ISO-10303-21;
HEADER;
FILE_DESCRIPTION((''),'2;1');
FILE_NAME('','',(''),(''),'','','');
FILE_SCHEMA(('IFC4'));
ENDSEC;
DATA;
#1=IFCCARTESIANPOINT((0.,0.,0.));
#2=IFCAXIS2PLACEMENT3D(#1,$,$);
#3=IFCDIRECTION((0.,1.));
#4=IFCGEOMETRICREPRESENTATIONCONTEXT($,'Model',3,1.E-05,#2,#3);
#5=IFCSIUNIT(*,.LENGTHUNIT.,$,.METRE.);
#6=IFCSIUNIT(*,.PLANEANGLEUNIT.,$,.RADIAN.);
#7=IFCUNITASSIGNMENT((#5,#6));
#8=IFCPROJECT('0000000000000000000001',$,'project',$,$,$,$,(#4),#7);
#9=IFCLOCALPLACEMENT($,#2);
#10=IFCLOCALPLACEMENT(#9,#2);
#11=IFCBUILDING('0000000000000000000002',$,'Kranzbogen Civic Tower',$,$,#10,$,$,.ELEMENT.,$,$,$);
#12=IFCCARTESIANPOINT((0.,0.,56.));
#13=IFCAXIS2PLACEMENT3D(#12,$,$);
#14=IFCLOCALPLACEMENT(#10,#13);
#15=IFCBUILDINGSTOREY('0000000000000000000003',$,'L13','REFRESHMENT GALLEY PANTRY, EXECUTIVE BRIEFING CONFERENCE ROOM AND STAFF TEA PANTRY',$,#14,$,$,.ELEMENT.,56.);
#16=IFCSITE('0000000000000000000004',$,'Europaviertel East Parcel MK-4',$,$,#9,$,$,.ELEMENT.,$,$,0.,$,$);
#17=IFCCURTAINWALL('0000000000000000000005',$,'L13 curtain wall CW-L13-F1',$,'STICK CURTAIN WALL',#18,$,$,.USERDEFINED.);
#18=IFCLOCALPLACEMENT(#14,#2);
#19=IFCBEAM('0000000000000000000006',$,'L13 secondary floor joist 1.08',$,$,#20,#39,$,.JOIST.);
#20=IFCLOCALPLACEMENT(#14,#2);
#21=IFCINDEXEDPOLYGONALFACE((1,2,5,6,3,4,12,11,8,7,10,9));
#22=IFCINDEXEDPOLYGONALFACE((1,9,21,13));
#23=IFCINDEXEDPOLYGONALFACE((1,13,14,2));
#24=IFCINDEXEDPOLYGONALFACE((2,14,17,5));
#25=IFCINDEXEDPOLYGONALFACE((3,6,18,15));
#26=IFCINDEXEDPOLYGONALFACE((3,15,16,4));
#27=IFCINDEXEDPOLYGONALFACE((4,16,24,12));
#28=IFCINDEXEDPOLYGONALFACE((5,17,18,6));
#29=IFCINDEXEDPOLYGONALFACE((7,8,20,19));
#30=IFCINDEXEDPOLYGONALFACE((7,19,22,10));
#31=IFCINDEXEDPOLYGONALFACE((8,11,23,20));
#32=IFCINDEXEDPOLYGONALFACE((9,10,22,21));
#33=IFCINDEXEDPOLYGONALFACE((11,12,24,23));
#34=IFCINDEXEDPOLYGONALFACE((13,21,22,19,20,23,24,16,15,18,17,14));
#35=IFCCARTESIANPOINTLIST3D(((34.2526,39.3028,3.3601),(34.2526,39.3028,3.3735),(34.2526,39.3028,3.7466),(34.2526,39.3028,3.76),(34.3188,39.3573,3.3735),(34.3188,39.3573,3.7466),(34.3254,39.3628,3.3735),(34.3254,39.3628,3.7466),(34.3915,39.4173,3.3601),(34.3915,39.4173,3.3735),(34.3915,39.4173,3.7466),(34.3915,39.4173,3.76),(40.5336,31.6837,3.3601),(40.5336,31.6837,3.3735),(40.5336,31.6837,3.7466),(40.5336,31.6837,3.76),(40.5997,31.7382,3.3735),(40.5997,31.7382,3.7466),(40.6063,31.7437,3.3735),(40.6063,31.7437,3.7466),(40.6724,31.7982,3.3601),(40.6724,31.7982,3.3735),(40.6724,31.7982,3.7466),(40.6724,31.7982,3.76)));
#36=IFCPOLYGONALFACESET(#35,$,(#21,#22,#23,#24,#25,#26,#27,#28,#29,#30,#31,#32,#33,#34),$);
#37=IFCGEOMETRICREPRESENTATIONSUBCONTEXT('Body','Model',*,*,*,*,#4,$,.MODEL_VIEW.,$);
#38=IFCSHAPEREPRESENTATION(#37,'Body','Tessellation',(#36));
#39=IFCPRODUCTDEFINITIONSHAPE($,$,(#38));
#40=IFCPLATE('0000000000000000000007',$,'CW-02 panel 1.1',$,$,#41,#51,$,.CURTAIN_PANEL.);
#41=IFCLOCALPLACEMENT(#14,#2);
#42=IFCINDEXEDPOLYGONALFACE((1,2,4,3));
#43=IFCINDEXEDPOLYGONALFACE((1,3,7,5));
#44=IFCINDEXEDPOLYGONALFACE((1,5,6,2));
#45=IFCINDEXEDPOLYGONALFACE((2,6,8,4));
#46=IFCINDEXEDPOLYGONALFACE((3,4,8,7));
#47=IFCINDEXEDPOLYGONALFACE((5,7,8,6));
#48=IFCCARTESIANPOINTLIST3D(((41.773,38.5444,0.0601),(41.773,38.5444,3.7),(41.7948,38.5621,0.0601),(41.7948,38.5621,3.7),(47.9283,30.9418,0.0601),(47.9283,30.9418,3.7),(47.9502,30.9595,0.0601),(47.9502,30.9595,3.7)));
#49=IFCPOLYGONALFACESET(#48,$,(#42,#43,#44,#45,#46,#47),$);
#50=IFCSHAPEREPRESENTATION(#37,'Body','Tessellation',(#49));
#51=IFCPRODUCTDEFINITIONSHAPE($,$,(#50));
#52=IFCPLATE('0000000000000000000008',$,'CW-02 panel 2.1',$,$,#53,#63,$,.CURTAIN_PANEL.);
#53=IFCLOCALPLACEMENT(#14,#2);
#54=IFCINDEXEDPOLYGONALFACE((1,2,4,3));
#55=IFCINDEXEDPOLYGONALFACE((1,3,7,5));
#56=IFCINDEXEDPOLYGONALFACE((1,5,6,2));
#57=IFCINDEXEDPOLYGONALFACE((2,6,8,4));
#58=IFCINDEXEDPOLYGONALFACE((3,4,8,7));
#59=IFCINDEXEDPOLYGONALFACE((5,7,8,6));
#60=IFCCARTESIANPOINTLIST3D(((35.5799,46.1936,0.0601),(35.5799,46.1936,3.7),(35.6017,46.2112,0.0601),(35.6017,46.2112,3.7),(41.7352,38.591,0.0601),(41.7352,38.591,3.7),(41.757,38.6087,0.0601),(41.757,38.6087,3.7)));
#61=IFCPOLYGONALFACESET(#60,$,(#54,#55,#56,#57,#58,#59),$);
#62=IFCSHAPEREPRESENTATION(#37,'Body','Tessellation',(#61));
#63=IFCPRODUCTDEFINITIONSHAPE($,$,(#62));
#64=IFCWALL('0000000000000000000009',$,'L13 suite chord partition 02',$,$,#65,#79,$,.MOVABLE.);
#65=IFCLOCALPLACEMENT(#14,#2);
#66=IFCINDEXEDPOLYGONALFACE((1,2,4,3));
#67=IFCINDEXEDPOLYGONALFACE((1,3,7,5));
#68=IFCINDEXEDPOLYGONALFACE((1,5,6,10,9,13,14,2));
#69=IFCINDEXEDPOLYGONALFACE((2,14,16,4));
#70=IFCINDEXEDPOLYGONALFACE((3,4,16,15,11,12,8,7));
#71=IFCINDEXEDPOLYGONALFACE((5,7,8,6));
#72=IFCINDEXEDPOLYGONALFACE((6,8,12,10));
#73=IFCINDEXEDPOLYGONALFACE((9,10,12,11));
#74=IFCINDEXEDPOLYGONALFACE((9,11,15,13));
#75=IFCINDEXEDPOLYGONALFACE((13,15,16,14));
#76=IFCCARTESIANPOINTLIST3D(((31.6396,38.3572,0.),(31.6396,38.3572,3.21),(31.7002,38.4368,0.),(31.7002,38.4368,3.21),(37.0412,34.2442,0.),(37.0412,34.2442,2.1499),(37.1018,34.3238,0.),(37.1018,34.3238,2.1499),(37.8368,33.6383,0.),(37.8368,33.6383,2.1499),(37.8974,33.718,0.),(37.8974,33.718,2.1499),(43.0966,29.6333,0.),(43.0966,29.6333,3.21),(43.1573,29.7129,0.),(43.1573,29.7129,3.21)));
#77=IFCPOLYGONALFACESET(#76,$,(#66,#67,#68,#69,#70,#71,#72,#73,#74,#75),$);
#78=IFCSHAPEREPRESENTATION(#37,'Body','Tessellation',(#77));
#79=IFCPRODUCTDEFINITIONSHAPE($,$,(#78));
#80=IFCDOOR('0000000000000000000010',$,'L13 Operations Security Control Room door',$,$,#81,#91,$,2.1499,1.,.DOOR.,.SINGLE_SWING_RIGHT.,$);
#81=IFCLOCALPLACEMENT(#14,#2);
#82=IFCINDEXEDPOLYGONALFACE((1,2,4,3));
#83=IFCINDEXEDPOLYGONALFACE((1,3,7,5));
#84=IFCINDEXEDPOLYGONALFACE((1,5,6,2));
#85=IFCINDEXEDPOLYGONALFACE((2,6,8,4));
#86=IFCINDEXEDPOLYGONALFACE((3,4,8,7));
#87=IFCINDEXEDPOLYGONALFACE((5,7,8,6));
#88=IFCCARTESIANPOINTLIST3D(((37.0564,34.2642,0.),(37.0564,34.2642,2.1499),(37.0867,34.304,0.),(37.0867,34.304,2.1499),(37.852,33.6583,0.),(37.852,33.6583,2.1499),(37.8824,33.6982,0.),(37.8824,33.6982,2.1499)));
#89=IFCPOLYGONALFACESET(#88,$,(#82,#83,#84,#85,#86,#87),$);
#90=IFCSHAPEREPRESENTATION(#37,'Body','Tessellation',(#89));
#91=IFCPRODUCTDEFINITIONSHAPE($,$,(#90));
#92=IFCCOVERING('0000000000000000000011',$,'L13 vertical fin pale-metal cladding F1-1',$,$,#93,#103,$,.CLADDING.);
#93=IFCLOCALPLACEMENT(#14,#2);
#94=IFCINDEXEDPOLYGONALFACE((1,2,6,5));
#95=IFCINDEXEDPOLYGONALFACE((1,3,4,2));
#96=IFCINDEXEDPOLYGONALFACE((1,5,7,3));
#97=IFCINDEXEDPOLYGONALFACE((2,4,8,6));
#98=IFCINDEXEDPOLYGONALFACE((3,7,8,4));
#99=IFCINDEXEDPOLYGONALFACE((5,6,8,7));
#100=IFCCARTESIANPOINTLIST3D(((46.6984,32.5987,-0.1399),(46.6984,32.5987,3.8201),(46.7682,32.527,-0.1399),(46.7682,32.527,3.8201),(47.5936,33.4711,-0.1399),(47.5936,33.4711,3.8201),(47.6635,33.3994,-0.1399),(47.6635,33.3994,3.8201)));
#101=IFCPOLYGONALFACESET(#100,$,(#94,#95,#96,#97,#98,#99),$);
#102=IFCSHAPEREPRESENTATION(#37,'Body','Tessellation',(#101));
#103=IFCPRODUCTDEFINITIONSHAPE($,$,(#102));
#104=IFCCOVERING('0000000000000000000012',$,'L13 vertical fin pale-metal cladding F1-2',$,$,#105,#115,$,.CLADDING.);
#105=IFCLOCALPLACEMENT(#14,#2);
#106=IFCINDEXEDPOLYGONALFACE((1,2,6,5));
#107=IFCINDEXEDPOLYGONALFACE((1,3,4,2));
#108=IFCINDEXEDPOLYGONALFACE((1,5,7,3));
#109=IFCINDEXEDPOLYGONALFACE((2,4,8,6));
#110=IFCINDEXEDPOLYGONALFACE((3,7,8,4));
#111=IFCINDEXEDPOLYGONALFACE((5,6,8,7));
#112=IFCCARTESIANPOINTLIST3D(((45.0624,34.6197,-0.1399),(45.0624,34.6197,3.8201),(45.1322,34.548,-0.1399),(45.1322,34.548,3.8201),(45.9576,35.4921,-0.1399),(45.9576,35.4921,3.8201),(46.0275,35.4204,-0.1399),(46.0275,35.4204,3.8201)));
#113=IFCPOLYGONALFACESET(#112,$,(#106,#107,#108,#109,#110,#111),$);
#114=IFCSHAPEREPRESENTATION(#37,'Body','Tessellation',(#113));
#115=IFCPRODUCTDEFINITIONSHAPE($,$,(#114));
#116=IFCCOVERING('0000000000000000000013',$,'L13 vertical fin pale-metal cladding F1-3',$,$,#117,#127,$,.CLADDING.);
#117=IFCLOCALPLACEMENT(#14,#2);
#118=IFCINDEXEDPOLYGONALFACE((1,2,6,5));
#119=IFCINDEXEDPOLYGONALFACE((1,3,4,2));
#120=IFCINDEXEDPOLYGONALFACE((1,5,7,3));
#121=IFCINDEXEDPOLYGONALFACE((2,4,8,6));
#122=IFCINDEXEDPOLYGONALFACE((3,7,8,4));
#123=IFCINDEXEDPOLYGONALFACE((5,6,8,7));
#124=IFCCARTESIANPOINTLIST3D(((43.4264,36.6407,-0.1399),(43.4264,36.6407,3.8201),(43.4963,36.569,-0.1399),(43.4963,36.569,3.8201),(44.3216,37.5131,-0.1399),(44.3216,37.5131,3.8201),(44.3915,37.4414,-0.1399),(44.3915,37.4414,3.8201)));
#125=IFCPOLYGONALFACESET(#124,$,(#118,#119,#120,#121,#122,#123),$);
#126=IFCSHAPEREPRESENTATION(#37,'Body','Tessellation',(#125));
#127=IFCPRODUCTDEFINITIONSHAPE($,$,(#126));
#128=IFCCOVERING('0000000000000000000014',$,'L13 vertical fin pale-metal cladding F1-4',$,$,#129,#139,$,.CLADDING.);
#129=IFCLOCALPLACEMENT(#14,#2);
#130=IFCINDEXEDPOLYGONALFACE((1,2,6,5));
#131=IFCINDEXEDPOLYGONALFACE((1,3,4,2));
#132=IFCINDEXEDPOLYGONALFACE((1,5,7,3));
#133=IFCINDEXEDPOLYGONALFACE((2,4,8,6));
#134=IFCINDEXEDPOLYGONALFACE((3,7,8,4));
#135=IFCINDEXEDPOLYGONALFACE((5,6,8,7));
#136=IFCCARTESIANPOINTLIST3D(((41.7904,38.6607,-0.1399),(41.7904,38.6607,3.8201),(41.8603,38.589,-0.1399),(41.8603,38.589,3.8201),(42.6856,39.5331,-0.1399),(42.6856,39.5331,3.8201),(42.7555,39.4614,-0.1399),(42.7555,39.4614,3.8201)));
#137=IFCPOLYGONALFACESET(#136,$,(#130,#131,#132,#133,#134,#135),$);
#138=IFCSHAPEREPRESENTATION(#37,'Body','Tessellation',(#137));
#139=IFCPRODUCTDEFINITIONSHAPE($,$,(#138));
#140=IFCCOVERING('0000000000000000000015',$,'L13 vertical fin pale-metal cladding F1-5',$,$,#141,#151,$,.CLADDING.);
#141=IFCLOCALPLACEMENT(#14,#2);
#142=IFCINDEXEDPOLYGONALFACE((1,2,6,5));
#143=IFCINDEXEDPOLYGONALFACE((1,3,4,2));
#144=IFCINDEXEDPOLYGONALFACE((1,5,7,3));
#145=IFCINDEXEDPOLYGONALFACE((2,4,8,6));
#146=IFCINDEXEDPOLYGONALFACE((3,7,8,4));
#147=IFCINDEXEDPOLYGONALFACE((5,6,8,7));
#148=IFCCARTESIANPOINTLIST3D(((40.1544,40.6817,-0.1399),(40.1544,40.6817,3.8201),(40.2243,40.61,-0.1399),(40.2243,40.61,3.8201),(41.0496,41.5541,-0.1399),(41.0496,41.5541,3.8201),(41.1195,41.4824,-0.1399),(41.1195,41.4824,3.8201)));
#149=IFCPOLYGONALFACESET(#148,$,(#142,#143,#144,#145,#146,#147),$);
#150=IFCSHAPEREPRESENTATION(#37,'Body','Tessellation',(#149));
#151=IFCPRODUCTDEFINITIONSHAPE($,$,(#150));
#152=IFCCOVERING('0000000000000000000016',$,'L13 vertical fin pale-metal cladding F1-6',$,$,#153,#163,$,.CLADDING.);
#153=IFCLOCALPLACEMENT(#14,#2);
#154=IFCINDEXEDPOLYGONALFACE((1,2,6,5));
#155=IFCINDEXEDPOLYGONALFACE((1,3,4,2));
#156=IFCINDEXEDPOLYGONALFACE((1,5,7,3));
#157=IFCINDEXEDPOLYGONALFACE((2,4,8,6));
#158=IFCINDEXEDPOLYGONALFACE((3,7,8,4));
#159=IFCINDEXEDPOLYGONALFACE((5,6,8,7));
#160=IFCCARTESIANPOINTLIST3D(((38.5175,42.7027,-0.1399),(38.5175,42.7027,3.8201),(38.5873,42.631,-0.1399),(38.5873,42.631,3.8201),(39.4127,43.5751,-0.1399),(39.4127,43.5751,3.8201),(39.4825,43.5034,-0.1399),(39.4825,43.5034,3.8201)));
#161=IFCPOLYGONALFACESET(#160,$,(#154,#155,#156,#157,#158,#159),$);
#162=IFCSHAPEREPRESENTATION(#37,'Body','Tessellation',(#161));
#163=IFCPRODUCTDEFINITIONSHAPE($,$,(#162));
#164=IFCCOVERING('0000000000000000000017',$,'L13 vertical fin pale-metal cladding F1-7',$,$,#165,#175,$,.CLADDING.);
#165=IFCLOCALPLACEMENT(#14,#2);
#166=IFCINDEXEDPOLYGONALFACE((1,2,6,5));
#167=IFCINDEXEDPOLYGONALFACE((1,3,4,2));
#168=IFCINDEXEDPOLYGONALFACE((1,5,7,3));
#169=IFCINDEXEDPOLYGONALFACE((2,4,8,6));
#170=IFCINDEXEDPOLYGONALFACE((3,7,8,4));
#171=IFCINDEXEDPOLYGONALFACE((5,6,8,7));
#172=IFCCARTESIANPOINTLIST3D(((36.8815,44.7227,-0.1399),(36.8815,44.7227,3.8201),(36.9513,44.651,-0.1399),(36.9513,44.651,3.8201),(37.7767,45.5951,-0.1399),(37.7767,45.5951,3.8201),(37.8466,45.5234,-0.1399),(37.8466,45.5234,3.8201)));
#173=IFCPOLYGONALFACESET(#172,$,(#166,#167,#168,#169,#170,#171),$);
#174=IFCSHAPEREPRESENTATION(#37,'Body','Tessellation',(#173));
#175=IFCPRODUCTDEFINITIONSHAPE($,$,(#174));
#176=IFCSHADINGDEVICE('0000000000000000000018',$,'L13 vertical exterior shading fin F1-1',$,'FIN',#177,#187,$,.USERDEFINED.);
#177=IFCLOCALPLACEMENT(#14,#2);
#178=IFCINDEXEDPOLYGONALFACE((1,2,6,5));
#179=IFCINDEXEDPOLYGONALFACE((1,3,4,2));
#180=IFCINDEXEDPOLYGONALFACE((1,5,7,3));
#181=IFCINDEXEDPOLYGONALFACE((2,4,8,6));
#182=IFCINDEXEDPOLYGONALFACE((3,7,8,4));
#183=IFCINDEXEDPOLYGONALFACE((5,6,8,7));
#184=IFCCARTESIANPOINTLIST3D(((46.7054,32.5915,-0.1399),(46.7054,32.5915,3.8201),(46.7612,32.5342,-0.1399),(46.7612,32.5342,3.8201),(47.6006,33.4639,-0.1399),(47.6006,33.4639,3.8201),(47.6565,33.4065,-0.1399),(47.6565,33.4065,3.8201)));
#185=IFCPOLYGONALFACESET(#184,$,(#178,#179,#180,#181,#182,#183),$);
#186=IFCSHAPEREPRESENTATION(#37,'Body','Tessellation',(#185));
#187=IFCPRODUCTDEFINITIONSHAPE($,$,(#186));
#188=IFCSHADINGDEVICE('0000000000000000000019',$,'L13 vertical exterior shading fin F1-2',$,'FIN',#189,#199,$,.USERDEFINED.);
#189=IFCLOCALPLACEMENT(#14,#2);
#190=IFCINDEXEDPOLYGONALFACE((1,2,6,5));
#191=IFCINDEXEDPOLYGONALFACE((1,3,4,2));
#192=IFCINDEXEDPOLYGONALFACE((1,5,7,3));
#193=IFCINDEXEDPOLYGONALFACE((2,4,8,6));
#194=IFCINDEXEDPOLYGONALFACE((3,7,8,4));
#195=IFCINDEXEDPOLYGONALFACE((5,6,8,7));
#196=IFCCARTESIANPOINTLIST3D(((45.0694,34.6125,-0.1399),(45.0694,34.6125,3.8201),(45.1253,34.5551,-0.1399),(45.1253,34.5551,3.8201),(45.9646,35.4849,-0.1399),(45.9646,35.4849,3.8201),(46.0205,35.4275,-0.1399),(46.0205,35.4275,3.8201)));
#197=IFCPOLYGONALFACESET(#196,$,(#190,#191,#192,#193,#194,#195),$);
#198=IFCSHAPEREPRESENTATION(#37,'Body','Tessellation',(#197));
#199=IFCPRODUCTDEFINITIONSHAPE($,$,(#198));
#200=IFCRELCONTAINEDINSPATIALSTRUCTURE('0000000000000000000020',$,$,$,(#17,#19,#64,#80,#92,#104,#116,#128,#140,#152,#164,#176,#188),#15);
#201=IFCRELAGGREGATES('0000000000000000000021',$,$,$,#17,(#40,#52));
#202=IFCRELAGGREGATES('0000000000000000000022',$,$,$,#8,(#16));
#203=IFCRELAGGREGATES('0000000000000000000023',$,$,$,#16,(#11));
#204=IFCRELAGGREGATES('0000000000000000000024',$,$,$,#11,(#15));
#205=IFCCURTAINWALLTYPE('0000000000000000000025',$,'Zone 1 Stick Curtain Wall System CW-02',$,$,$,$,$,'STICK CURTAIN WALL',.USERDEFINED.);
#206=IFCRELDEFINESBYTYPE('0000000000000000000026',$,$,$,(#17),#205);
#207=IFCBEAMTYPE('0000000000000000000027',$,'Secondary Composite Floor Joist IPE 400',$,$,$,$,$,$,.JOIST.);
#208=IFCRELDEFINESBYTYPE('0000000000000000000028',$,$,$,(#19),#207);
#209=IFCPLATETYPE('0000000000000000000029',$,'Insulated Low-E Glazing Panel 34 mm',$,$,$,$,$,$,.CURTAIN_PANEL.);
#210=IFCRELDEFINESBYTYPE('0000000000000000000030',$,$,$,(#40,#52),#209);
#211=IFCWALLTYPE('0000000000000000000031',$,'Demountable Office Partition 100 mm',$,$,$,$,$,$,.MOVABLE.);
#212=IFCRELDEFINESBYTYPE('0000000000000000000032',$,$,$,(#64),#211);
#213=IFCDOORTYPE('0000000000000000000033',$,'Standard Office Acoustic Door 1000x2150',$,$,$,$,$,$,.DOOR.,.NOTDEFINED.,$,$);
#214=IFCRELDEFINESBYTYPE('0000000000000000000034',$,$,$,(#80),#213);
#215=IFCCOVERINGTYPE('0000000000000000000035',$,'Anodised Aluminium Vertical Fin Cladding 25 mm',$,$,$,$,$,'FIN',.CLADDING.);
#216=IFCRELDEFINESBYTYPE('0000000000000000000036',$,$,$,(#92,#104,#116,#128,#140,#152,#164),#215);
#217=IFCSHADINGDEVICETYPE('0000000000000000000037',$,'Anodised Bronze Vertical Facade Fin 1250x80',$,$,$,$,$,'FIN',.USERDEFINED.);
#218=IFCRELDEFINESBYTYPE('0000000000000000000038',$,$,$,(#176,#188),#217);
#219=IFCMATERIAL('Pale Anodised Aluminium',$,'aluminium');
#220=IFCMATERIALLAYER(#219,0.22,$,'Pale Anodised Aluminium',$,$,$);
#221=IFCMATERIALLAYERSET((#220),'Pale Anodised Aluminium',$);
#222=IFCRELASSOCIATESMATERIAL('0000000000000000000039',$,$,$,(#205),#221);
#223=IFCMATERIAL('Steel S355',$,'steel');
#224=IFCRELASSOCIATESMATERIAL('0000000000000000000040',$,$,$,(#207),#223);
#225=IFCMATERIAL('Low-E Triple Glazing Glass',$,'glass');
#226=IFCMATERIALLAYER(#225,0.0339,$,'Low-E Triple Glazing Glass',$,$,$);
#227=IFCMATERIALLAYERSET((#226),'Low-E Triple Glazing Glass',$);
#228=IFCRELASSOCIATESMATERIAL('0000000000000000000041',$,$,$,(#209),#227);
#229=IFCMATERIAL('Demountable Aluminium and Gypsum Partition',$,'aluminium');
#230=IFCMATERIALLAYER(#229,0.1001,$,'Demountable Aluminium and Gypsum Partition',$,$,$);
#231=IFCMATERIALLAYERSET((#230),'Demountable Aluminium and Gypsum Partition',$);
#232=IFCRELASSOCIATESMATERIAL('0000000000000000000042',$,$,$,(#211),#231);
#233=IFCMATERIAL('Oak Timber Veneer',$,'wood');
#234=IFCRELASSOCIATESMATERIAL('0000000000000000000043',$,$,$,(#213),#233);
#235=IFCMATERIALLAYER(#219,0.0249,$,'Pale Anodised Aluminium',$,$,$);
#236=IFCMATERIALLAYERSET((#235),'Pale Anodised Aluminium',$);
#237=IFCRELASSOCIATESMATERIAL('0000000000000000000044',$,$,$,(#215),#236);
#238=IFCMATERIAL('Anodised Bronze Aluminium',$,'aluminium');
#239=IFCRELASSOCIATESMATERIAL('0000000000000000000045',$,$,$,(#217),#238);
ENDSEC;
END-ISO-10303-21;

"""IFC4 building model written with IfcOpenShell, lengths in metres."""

from ifc_helpers import new_model, si_unit, direction, frame, frame_2d, origin, origin_2d, place, context, subcontext, project, spatial, rectangle, i_section, extrude, material, layer, layer_set, material_profile, profile_set, type_object, element, fill, aggregate, save


model = new_model("IFC4")

# Units and contexts
model_context = context("Model", 3, precision=1e-05, world=origin(), true_north=direction((0.0, 1.0)))
body_context = subcontext(model_context, "Body", "Model", "MODEL_VIEW")
ifc_project = project(units=[si_unit("LENGTHUNIT", "METRE"), si_unit("PLANEANGLEUNIT", "RADIAN")], contexts=[model_context])

# Site, building, storey
site_placement = place(None, origin())
site = spatial("IfcSite", under=ifc_project, at=site_placement, Name="Europaviertel East Parcel MK-4", CompositionType="ELEMENT", RefElevation=0.0)
building_placement = place(site_placement, origin())
building = spatial("IfcBuilding", under=site, at=building_placement, Name="Kranzbogen Civic Tower", CompositionType="ELEMENT")
storey_placement = place(building_placement, frame((0.0, 0.0, 56.0)))
storey = spatial("IfcBuildingStorey", under=building, at=storey_placement, Name="L13", Description="REFRESHMENT GALLEY PANTRY, EXECUTIVE BRIEFING CONFERENCE ROOM AND STAFF TEA PANTRY", CompositionType="ELEMENT", Elevation=56.0)

# Curtain wall
ifc_material_1 = material(Name="Pale Anodised Aluminium", Category="aluminium")
ifc_layer_1 = layer(ifc_material_1, 0.22, Name="Pale Anodised Aluminium")
ifc_layer_set_1 = layer_set([ifc_layer_1], Name="Pale Anodised Aluminium")
curtain_wall_type = type_object("IfcCurtainWallType", Name="Zone 1 Stick Curtain Wall System CW-02", ElementType="STICK CURTAIN WALL", PredefinedType="USERDEFINED", material=ifc_layer_set_1)
curtain_wall_placement = place(storey_placement, origin())
curtain_wall = element("IfcCurtainWall", 1, at=curtain_wall_placement, inside=storey, type_object=curtain_wall_type, Name="L13 curtain wall CW-L13-F1", ObjectType="STICK CURTAIN WALL", PredefinedType="USERDEFINED")

# Beam
ifc_material_2 = material(Name="Steel S355", Category="steel")
ifc_material_profile_1 = material_profile(ifc_material_2, i_section(OverallWidth=0.1799, OverallDepth=0.3999, WebThickness=0.0085, FlangeThickness=0.0134, at=origin_2d()), Name="IPE 400")
ifc_profile_set_1 = profile_set([ifc_material_profile_1], Name="Steel S355")
beam_type_1 = type_object("IfcBeamType", Name="Secondary Composite Floor Joist IPE 400", PredefinedType="JOIST", material=ifc_profile_set_1)
beam_1_placement = place(storey_placement, frame((40.603, 31.741, 3.5601), z_axis=(-0.636095, 0.771611, 0.0), x_axis=(-0.771611, -0.636095, 0.0)))
element("IfcBeam", 2, at=beam_1_placement, inside=storey, type_object=beam_type_1, Name="L13 secondary floor joist 1.08", PredefinedType="JOIST", context=body_context, shape_type="SweptSolid", body=[
    extrude(i_section(OverallWidth=0.1799, OverallDepth=0.3999, WebThickness=0.0085, FlangeThickness=0.0134, at=origin_2d()), origin(), (0.0, 0.0, 1.0), 9.8743),
])

# Plates
ifc_material_3 = material(Name="Low-E Triple Glazing Glass", Category="glass")
ifc_layer_2 = layer(ifc_material_3, 0.0339, Name="Low-E Triple Glazing Glass")
ifc_layer_set_2 = layer_set([ifc_layer_2], Name="Low-E Triple Glazing Glass")
plate_type = type_object("IfcPlateType", Name="Insulated Low-E Glazing Panel 34 mm", PredefinedType="CURTAIN_PANEL", material=ifc_layer_set_2)
plate_1_placement = place(storey_placement, frame((44.8616, 34.752, 0.0601), z_axis=(0.0, 0.0, 1.0), x_axis=(-0.629255, 0.777199, 0.0)))
plate_1 = element("IfcPlate", 3, at=plate_1_placement, type_object=plate_type, Name="CW-02 panel 1.1", PredefinedType="CURTAIN_PANEL", context=body_context, shape_type="SweptSolid", body=[
    extrude(rectangle(XDim=9.782, YDim=0.0281, at=origin_2d()), origin(), (0.0, 0.0, 1.0), 3.6399),
])
plate_2_placement = place(storey_placement, frame((38.6685, 42.4011, 0.0601), z_axis=(0.0, 0.0, 1.0), x_axis=(-0.629255, 0.777199, 0.0)))
plate_2 = element("IfcPlate", 4, at=plate_2_placement, type_object=plate_type, Name="CW-02 panel 2.1", PredefinedType="CURTAIN_PANEL", context=body_context, shape_type="SweptSolid", body=[
    extrude(rectangle(XDim=9.782, YDim=0.0281, at=origin_2d()), origin(), (0.0, 0.0, 1.0), 3.6399),
])
aggregate(curtain_wall, [plate_1, plate_2])

# Wall, opening, door
ifc_material_4 = material(Name="Demountable Aluminium and Gypsum Partition", Category="aluminium")
ifc_layer_3 = layer(ifc_material_4, 0.1001, Name="Demountable Aluminium and Gypsum Partition")
ifc_layer_set_3 = layer_set([ifc_layer_3], Name="Demountable Aluminium and Gypsum Partition")
wall_type = type_object("IfcWallType", Name="Demountable Office Partition 100 mm", PredefinedType="MOVABLE", material=ifc_layer_set_3)
wall_placement = place(storey_placement, frame((43.127, 29.6731, 0.0), z_axis=(0.0, 0.0, 1.0), x_axis=(-0.795609, 0.605811, 0.0)))
wall = element("IfcWall", 5, at=wall_placement, inside=storey, type_object=wall_type, Name="L13 suite chord partition 02", PredefinedType="MOVABLE", context=body_context, shape_type="SweptSolid", body=[
    extrude(rectangle(XDim=14.4004, YDim=0.1001, at=frame_2d((7.2002, 0.0))), origin(), (0.0, 0.0, 1.0), 3.21),
])
opening_placement = place(wall_placement, frame((6.6111, 0.0, 0.0)))
opening = element("IfcOpeningElement", 6, at=opening_placement, cuts=wall, PredefinedType="OPENING", context=body_context, shape_type="SweptSolid", body=[
    extrude(rectangle(XDim=1.0, YDim=2.1499, at=frame_2d((0.5, 1.075))), frame((0.0, 0.0601, 0.0), z_axis=(0.0, -1.0, 0.0), x_axis=(1.0, 0.0, 0.0)), (0.0, 0.0, 1.0), 0.1201),
])
ifc_material_5 = material(Name="Oak Timber Veneer", Category="wood")
door_type = type_object("IfcDoorType", Name="Standard Office Acoustic Door 1000x2150", OperationType="NOTDEFINED", PredefinedType="DOOR", material=ifc_material_5)
door_placement = place(opening_placement, origin())
door = element("IfcDoor", 7, at=door_placement, inside=storey, type_object=door_type, Name="L13 Operations Security Control Room door", OperationType="SINGLE_SWING_RIGHT", OverallHeight=2.1499, OverallWidth=1.0, PredefinedType="DOOR", context=body_context, shape_type="SweptSolid", body=[
    extrude(rectangle(XDim=1.0, YDim=2.1499, at=frame_2d((0.5, 1.075))), frame((0.0, 0.0249, 0.0), z_axis=(0.0, -1.0, 0.0), x_axis=(1.0, 0.0, 0.0)), (0.0, 0.0, 1.0), 0.05),
])
fill(opening, door)

# Coverings
ifc_layer_4 = layer(ifc_material_1, 0.0249, Name="Pale Anodised Aluminium")
ifc_layer_set_4 = layer_set([ifc_layer_4], Name="Pale Anodised Aluminium")
covering_type = type_object("IfcCoveringType", Name="Anodised Aluminium Vertical Fin Cladding 25 mm", ElementType="FIN", PredefinedType="CLADDING", material=ifc_layer_set_4)
for number, where, z_axis, x_axis, name in (
    (8, (47.1809, 32.999, -0.1399), (0.0, 0.0, 1.0), (0.71618, 0.697915, 0.0), "L13 vertical fin pale-metal cladding F1-1"),
    (9, (45.5449, 35.02, -0.1399), (0.0, 0.0, 1.0), (0.71618, 0.697915, 0.0), "L13 vertical fin pale-metal cladding F1-2"),
    (10, (43.9089, 37.041, -0.1399), (0.0, 0.0, 1.0), (0.71618, 0.697915, 0.0), "L13 vertical fin pale-metal cladding F1-3"),
    (11, (42.2729, 39.061, -0.1399), (0.0, 0.0, 1.0), (0.71618, 0.697915, 0.0), "L13 vertical fin pale-metal cladding F1-4"),
    (12, (40.637, 41.082, -0.1399), (0.0, 0.0, 1.0), (0.71618, 0.697915, 0.0), "L13 vertical fin pale-metal cladding F1-5"),
    (13, (39.0, 43.103, -0.1399), (0.0, 0.0, 1.0), (0.71618, 0.697915, 0.0), "L13 vertical fin pale-metal cladding F1-6"),
    (14, (37.364, 45.123, -0.1399), (0.0, 0.0, 1.0), (0.71618, 0.697915, 0.0), "L13 vertical fin pale-metal cladding F1-7"),
):
    element("IfcCovering", number, at=place(storey_placement, frame(where, z_axis=z_axis, x_axis=x_axis)), inside=storey, type_object=covering_type, Name=name, PredefinedType="CLADDING", context=body_context, shape_type="SweptSolid", body=[
        extrude(rectangle(XDim=1.25, YDim=0.1001, at=origin_2d()), origin(), (0.0, 0.0, 1.0), 3.96),
    ])

# Shading devices
ifc_material_6 = material(Name="Anodised Bronze Aluminium", Category="aluminium")
shading_device_type = type_object("IfcShadingDeviceType", Name="Anodised Bronze Vertical Facade Fin 1250x80", ElementType="FIN", PredefinedType="USERDEFINED", material=ifc_material_6)
for number, where, z_axis, x_axis, name in (
    (15, (47.1809, 32.999, -0.1399), (0.0, 0.0, 1.0), (0.71618, 0.697915, 0.0), "L13 vertical exterior shading fin F1-1"),
    (16, (45.5449, 35.02, -0.1399), (0.0, 0.0, 1.0), (0.71618, 0.697915, 0.0), "L13 vertical exterior shading fin F1-2"),
):
    element("IfcShadingDevice", number, at=place(storey_placement, frame(where, z_axis=z_axis, x_axis=x_axis)), inside=storey, type_object=shading_device_type, Name=name, ObjectType="FIN", PredefinedType="USERDEFINED", context=body_context, shape_type="SweptSolid", body=[
        extrude(rectangle(XDim=1.25, YDim=0.0801, at=origin_2d()), origin(), (0.0, 0.0, 1.0), 3.96),
    ])

save(model, "model.ifc")
